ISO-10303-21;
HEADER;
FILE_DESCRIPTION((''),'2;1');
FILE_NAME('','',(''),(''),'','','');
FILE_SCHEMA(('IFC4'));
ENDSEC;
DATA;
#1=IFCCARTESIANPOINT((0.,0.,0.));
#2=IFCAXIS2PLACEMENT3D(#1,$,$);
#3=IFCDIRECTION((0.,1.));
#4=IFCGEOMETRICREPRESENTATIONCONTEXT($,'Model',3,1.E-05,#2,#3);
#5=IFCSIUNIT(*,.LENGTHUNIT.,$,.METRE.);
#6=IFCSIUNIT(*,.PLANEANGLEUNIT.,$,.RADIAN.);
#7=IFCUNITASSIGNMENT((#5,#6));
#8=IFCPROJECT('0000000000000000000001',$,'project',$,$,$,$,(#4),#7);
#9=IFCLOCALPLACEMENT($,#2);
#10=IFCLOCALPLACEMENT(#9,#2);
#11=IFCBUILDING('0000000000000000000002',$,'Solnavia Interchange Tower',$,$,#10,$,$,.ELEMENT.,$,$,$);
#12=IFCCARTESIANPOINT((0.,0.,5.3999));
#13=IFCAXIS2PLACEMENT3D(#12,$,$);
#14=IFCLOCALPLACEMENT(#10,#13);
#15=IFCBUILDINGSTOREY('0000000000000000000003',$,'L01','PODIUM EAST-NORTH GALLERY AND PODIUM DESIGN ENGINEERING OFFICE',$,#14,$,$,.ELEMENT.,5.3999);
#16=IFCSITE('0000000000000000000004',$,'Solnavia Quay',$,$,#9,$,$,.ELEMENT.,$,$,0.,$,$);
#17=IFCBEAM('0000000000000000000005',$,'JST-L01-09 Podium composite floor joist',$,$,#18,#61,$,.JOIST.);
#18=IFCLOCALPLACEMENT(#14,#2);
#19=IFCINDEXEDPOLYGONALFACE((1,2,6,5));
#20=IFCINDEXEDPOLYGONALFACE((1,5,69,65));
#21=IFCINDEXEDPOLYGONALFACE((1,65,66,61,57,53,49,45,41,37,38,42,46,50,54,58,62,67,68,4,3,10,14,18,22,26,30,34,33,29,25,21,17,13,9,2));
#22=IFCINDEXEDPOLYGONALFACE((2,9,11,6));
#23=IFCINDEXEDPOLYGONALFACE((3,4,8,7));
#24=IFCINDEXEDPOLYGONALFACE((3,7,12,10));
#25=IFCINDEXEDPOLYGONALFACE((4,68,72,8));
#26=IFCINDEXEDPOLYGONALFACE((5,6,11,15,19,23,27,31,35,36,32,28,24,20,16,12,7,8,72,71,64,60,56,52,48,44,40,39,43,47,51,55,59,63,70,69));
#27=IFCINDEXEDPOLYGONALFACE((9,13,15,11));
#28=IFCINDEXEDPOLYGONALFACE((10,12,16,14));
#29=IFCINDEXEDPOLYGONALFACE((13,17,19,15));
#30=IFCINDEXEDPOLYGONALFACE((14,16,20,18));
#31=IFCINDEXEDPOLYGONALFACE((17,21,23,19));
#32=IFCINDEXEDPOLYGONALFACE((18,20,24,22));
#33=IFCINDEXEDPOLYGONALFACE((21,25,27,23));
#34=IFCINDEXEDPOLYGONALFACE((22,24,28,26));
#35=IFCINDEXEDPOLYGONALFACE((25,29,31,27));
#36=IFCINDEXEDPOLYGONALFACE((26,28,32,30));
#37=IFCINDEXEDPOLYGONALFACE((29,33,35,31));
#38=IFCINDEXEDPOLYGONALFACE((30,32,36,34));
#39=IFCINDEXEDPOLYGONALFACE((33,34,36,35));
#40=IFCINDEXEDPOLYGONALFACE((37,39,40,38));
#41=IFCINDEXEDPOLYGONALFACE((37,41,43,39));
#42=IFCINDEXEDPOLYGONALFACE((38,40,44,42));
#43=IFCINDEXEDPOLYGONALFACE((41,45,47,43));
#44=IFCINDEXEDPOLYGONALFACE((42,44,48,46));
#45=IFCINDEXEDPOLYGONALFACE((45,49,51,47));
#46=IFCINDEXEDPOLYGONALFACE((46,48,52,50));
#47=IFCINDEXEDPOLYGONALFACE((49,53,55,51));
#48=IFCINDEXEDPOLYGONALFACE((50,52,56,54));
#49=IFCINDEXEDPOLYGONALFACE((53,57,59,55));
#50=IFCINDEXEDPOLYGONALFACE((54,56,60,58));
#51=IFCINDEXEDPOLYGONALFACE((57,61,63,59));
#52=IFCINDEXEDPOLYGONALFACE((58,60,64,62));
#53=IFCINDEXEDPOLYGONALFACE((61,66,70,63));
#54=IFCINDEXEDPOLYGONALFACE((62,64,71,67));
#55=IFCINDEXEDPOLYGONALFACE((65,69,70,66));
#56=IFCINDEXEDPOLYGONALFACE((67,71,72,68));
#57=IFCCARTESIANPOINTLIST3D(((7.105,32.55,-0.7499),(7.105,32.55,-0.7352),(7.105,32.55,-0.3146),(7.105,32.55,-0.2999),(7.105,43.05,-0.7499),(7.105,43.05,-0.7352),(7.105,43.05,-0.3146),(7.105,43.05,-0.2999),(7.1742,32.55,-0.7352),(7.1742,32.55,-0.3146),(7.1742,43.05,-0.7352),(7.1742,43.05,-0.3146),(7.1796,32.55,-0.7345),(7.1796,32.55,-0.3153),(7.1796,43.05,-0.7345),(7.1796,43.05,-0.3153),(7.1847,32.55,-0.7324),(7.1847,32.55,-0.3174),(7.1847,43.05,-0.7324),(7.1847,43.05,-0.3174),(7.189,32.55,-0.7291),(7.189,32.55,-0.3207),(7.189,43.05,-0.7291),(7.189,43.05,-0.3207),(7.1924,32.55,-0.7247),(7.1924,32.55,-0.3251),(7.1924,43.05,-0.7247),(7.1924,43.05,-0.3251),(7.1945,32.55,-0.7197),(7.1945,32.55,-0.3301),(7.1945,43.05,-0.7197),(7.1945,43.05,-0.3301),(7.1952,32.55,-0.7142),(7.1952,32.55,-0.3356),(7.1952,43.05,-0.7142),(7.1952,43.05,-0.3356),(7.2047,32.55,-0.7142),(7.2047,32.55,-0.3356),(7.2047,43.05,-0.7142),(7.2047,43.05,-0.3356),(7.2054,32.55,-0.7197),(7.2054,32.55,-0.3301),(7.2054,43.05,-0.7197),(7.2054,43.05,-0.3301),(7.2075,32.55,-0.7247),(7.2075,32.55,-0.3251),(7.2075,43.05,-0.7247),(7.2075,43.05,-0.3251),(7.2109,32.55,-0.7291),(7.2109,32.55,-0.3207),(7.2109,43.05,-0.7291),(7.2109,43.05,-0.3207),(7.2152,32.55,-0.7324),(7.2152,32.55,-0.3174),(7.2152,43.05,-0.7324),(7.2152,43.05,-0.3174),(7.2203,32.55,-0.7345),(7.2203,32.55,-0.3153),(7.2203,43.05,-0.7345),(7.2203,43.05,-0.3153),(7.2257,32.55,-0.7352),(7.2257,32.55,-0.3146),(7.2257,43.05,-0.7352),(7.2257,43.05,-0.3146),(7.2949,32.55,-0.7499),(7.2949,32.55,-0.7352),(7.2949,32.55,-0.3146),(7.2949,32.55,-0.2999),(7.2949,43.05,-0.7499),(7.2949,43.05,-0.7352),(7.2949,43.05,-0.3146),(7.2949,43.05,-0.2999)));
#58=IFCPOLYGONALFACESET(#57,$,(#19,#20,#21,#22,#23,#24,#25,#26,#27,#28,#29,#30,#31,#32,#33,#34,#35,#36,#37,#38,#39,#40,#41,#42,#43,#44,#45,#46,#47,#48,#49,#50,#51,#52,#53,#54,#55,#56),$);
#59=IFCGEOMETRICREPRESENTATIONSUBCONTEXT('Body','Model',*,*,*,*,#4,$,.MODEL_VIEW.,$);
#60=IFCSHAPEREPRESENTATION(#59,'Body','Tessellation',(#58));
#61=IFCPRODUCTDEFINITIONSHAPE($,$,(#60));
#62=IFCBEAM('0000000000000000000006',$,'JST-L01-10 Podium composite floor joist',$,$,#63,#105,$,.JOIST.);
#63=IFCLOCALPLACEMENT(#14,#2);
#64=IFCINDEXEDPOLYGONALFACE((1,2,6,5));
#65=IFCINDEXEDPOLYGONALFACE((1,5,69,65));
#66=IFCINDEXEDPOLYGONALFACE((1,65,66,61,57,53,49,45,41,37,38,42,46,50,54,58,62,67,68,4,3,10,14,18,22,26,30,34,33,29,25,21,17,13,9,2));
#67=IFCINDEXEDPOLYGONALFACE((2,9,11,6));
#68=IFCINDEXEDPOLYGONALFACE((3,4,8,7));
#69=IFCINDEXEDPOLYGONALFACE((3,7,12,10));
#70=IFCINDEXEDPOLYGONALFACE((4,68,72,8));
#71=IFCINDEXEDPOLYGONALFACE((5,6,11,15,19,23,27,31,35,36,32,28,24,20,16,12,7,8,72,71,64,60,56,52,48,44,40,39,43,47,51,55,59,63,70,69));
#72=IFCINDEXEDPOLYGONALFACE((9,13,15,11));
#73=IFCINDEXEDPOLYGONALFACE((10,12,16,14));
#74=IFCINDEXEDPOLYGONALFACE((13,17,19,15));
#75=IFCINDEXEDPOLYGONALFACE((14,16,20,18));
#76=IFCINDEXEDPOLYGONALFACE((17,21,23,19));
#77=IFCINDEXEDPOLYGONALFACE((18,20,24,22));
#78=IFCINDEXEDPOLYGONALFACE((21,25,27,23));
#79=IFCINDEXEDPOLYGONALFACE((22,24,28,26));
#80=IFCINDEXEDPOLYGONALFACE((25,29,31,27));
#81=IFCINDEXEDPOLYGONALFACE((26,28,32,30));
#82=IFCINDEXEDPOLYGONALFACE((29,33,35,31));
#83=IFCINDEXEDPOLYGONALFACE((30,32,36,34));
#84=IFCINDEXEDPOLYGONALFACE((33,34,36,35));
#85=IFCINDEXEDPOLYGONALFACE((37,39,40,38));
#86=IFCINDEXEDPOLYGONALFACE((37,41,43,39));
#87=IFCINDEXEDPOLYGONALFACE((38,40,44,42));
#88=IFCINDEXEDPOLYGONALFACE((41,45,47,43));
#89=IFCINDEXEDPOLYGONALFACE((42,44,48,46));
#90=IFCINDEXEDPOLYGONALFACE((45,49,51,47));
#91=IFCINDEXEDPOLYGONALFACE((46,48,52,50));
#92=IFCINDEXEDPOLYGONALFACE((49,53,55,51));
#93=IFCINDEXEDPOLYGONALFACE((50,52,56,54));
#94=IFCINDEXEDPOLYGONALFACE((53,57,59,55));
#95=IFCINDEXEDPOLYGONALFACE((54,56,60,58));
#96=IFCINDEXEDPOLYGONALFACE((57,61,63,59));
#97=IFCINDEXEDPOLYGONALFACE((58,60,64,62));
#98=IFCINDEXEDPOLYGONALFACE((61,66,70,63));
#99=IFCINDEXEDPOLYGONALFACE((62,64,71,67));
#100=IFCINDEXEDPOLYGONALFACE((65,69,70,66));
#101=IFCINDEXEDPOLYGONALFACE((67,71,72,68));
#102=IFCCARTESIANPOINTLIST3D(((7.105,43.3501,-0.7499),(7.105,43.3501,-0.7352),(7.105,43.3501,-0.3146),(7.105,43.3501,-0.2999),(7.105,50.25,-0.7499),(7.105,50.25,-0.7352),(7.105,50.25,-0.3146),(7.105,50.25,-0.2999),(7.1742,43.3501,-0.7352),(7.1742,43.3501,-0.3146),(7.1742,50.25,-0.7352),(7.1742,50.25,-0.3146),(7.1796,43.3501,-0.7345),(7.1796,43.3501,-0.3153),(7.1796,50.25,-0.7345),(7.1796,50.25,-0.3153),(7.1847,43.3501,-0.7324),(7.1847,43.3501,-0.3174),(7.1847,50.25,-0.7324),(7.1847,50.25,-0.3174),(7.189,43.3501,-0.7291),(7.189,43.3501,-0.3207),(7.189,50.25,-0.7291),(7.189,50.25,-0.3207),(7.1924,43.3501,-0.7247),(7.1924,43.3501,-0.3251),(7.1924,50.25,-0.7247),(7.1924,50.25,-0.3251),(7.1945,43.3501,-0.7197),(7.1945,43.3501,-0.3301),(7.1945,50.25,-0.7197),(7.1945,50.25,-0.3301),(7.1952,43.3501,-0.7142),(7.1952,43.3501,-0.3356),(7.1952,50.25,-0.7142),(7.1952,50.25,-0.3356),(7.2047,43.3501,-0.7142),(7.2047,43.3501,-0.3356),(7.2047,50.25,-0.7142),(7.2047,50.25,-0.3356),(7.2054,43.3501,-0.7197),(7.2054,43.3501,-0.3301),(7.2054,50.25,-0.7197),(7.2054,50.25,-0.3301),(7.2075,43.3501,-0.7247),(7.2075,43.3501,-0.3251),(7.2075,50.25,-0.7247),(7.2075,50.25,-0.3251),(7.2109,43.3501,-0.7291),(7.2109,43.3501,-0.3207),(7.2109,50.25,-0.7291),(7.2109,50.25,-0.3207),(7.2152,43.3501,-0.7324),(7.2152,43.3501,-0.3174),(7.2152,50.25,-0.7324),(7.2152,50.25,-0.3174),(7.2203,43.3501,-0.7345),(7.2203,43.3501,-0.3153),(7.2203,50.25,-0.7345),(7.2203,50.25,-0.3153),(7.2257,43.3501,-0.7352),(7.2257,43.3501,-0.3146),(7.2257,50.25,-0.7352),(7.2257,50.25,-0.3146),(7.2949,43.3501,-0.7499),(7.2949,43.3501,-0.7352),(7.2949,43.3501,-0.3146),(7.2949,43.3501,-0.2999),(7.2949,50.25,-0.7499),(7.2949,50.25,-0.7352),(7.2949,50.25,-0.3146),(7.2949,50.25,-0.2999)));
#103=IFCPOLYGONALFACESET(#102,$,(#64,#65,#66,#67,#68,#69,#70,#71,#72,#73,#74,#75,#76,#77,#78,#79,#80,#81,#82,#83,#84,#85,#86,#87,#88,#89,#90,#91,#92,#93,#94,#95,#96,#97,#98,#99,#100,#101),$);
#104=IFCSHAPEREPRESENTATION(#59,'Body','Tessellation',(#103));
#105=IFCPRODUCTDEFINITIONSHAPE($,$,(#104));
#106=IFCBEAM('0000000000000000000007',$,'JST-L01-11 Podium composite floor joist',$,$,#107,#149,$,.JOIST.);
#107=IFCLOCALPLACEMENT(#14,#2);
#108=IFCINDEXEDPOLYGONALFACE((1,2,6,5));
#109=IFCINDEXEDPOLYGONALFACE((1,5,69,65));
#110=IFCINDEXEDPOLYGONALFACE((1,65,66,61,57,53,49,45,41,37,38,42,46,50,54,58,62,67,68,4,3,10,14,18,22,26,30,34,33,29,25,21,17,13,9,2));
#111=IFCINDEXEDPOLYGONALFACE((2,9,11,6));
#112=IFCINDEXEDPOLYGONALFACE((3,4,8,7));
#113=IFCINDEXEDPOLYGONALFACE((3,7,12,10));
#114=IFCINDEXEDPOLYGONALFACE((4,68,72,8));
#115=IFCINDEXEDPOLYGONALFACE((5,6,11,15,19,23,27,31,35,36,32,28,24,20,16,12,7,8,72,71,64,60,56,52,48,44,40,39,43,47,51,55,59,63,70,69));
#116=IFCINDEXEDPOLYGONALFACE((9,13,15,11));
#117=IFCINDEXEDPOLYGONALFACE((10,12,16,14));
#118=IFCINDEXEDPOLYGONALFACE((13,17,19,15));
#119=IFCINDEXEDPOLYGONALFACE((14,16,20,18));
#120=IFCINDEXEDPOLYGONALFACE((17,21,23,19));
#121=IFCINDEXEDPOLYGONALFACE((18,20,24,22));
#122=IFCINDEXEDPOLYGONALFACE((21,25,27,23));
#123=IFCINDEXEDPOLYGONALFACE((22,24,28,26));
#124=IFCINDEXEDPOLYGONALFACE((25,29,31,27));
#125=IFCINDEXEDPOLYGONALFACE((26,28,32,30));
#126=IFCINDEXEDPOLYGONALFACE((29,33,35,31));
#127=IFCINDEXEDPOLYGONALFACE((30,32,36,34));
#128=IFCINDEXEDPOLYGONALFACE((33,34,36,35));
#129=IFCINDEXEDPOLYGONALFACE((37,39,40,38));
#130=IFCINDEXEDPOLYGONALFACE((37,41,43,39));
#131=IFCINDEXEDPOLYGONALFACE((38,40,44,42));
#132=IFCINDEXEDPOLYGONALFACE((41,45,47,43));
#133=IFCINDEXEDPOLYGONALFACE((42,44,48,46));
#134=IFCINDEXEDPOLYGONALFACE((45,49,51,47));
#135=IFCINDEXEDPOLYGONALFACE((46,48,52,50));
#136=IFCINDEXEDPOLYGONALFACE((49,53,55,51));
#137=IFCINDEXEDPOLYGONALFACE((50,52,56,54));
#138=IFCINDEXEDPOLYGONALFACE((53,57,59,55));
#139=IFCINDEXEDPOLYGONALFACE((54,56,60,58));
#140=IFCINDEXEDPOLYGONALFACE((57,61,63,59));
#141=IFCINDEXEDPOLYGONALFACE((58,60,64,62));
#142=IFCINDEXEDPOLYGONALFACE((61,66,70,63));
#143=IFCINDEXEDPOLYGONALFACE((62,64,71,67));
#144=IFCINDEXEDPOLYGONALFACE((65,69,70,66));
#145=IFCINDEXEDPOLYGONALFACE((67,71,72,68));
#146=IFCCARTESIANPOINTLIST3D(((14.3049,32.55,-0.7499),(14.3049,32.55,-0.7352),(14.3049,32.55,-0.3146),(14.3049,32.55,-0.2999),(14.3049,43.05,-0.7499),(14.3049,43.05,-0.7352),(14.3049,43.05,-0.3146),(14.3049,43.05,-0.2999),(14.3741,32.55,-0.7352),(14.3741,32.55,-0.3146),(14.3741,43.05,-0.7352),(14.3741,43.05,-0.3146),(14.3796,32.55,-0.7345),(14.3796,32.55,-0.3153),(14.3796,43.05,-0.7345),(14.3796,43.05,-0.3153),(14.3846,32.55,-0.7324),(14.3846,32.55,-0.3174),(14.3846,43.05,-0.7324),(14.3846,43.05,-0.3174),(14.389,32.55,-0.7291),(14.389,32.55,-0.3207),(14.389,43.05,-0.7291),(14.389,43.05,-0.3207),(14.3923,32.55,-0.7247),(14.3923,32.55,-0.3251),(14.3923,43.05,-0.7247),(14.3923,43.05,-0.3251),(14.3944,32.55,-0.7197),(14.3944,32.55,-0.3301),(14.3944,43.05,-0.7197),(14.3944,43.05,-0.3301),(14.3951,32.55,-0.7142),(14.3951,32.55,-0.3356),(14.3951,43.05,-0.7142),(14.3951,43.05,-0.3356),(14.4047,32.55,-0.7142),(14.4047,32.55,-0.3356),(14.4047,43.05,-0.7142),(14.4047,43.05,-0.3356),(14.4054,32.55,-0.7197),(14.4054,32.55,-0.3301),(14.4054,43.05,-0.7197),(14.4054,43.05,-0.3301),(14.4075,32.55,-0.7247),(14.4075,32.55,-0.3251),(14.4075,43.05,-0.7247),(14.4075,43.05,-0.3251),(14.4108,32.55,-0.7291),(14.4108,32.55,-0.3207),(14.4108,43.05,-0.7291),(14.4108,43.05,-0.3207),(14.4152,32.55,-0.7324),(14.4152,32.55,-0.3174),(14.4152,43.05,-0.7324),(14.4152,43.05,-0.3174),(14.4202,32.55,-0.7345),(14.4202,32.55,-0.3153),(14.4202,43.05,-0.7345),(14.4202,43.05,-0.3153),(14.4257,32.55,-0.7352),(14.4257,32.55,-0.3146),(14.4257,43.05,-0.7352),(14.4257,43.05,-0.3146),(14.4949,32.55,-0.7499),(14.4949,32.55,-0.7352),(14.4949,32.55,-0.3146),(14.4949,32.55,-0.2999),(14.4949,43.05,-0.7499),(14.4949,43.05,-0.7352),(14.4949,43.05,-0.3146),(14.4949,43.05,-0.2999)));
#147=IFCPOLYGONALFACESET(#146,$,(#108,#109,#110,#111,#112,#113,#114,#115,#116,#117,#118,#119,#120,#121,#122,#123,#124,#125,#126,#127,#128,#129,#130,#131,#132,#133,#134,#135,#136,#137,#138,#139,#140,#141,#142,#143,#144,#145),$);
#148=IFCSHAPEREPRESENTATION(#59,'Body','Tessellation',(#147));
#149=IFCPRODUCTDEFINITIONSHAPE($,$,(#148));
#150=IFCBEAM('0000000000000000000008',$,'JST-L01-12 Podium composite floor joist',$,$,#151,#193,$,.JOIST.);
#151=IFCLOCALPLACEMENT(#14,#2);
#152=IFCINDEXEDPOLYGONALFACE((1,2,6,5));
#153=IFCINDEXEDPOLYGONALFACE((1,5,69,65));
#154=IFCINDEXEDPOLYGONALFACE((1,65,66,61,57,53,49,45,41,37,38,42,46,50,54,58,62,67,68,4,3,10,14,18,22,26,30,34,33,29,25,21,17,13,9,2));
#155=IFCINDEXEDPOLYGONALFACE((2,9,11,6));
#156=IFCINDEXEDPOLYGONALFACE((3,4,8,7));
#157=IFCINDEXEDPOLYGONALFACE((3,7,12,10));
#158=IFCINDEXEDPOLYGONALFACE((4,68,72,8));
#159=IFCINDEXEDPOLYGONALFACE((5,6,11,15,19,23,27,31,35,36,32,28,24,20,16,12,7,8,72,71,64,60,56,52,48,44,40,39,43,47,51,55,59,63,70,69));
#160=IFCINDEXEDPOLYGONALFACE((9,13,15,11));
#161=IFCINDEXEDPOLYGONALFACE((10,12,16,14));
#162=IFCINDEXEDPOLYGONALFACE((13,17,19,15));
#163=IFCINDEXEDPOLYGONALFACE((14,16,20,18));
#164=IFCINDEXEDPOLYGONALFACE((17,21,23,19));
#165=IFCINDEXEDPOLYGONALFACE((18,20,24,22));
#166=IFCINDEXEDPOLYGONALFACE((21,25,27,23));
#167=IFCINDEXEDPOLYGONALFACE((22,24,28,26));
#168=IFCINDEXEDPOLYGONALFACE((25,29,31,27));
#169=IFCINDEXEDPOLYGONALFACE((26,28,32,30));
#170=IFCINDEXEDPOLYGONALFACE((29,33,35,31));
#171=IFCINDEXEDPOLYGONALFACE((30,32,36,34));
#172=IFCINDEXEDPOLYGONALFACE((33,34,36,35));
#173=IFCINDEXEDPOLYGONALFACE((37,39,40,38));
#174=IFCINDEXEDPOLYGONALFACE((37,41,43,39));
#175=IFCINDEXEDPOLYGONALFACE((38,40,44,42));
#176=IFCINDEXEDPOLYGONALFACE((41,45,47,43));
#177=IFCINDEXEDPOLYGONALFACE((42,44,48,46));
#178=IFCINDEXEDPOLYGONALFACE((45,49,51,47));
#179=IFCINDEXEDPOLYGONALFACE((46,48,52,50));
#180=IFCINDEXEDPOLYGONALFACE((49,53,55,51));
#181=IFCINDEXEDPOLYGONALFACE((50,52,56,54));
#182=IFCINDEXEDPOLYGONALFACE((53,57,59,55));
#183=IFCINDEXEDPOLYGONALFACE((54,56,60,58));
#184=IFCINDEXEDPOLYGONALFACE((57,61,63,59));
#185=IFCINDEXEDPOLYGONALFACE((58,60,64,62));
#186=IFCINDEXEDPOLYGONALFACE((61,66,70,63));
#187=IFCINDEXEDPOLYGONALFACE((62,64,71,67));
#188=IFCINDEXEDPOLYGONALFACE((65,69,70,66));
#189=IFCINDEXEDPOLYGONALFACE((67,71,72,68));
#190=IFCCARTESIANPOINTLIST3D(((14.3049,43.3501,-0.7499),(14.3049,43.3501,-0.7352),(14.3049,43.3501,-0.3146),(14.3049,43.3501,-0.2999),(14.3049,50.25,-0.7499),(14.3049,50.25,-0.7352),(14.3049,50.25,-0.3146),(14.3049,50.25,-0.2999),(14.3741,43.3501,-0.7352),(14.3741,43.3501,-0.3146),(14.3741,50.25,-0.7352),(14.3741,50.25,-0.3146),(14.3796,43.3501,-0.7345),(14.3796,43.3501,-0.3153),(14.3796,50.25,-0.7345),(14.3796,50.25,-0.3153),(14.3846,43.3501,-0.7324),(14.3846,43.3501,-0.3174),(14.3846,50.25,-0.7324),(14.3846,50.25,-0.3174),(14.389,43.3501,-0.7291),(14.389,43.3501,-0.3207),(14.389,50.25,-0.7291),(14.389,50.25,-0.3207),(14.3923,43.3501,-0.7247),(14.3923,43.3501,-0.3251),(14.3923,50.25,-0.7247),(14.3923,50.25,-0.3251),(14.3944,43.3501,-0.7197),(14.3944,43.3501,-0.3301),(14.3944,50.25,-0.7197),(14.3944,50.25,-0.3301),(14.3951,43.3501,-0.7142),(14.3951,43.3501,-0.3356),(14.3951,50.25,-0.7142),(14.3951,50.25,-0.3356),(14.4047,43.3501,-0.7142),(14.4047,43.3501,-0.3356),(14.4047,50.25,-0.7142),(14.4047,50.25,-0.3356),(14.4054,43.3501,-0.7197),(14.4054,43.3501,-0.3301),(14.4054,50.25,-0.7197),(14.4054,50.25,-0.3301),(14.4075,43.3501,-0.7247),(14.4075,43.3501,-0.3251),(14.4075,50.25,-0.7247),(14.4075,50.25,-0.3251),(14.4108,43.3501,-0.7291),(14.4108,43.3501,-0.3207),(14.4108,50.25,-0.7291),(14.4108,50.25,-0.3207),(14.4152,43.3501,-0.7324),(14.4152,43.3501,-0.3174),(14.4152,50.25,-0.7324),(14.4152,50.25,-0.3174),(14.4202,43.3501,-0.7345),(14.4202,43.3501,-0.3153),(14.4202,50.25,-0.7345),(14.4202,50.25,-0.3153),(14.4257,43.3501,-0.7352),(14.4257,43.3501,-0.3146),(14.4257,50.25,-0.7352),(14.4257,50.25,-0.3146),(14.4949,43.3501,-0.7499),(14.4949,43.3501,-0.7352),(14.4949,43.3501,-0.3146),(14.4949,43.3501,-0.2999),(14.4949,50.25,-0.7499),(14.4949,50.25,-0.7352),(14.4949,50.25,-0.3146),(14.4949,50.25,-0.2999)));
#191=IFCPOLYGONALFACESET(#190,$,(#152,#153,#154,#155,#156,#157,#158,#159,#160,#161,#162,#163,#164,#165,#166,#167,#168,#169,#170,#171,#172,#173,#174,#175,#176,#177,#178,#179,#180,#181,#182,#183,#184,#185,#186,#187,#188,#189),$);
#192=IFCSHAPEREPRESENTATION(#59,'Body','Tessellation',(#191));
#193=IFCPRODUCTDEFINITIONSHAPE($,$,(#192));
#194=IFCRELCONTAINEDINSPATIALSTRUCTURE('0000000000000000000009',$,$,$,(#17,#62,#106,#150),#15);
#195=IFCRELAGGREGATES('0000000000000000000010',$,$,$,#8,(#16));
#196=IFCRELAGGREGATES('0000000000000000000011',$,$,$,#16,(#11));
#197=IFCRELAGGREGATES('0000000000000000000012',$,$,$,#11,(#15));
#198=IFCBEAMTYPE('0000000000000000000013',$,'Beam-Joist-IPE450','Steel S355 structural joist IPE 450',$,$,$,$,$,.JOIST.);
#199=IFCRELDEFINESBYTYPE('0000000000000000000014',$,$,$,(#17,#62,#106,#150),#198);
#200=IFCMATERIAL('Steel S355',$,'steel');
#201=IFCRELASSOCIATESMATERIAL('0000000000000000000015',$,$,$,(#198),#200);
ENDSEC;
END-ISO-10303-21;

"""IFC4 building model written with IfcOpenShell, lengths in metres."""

from ifc_helpers import new_model, si_unit, direction, frame, origin, origin_2d, place, context, subcontext, project, spatial, i_section, extrude, material, material_profile, profile_set, type_object, element, save


model = new_model("IFC4")

# Units and contexts
model_context = context("Model", 3, precision=1e-05, world=origin(), true_north=direction((0.0, 1.0)))
body_context = subcontext(model_context, "Body", "Model", "MODEL_VIEW")
ifc_project = project(units=[si_unit("LENGTHUNIT", "METRE"), si_unit("PLANEANGLEUNIT", "RADIAN")], contexts=[model_context])

# Site, building, storey
site_placement = place(None, origin())
site = spatial("IfcSite", under=ifc_project, at=site_placement, Name="Solnavia Quay", CompositionType="ELEMENT", RefElevation=0.0)
building_placement = place(site_placement, origin())
building = spatial("IfcBuilding", under=site, at=building_placement, Name="Solnavia Interchange Tower", CompositionType="ELEMENT")
storey_placement = place(building_placement, frame((0.0, 0.0, 5.3999)))
storey = spatial("IfcBuildingStorey", under=building, at=storey_placement, Name="L01", Description="PODIUM EAST-NORTH GALLERY AND PODIUM DESIGN ENGINEERING OFFICE", CompositionType="ELEMENT", Elevation=5.3999)

# Beams
ifc_material_1 = material(Name="Steel S355", Category="steel")
ifc_material_profile_1 = material_profile(ifc_material_1, i_section(OverallWidth=0.1899, OverallDepth=0.45, WebThickness=0.0095, FlangeThickness=0.0146, FilletRadius=0.021, at=origin_2d()), Name="IPE 450")
ifc_profile_set_1 = profile_set([ifc_material_profile_1], Name="Steel S355")
beam_type_1 = type_object("IfcBeamType", Name="Beam-Joist-IPE450", Description="Steel S355 structural joist IPE 450", PredefinedType="JOIST", material=ifc_profile_set_1)
beam_1_placement = place(storey_placement, frame((7.2, 32.55, -0.5249), z_axis=(0.0, 1.0, 0.0), x_axis=(-1.0, 0.0, 0.0)))
element("IfcBeam", 1, at=beam_1_placement, inside=storey, type_object=beam_type_1, Name="JST-L01-09 Podium composite floor joist", PredefinedType="JOIST", context=body_context, shape_type="SweptSolid", body=[
    extrude(i_section(OverallWidth=0.1899, OverallDepth=0.45, WebThickness=0.0095, FlangeThickness=0.0146, FilletRadius=0.021, at=origin_2d()), origin(), (0.0, 0.0, 1.0), 10.5),
])
beam_2_placement = place(storey_placement, frame((7.2, 43.3501, -0.5249), z_axis=(0.0, 1.0, 0.0), x_axis=(-1.0, 0.0, 0.0)))
element("IfcBeam", 2, at=beam_2_placement, inside=storey, type_object=beam_type_1, Name="JST-L01-10 Podium composite floor joist", PredefinedType="JOIST", context=body_context, shape_type="SweptSolid", body=[
    extrude(i_section(OverallWidth=0.1899, OverallDepth=0.45, WebThickness=0.0095, FlangeThickness=0.0146, FilletRadius=0.021, at=origin_2d()), origin(), (0.0, 0.0, 1.0), 6.8999),
])
beam_3_placement = place(storey_placement, frame((14.3999, 32.55, -0.5249), z_axis=(0.0, 1.0, 0.0), x_axis=(-1.0, 0.0, 0.0)))
element("IfcBeam", 3, at=beam_3_placement, inside=storey, type_object=beam_type_1, Name="JST-L01-11 Podium composite floor joist", PredefinedType="JOIST", context=body_context, shape_type="SweptSolid", body=[
    extrude(i_section(OverallWidth=0.1899, OverallDepth=0.45, WebThickness=0.0095, FlangeThickness=0.0146, FilletRadius=0.021, at=origin_2d()), origin(), (0.0, 0.0, 1.0), 10.5),
])
beam_4_placement = place(storey_placement, frame((14.3999, 43.3501, -0.5249), z_axis=(0.0, 1.0, 0.0), x_axis=(-1.0, 0.0, 0.0)))
element("IfcBeam", 4, at=beam_4_placement, inside=storey, type_object=beam_type_1, Name="JST-L01-12 Podium composite floor joist", PredefinedType="JOIST", context=body_context, shape_type="SweptSolid", body=[
    extrude(i_section(OverallWidth=0.1899, OverallDepth=0.45, WebThickness=0.0095, FlangeThickness=0.0146, FilletRadius=0.021, at=origin_2d()), origin(), (0.0, 0.0, 1.0), 6.8999),
])

save(model, "model.ifc")
